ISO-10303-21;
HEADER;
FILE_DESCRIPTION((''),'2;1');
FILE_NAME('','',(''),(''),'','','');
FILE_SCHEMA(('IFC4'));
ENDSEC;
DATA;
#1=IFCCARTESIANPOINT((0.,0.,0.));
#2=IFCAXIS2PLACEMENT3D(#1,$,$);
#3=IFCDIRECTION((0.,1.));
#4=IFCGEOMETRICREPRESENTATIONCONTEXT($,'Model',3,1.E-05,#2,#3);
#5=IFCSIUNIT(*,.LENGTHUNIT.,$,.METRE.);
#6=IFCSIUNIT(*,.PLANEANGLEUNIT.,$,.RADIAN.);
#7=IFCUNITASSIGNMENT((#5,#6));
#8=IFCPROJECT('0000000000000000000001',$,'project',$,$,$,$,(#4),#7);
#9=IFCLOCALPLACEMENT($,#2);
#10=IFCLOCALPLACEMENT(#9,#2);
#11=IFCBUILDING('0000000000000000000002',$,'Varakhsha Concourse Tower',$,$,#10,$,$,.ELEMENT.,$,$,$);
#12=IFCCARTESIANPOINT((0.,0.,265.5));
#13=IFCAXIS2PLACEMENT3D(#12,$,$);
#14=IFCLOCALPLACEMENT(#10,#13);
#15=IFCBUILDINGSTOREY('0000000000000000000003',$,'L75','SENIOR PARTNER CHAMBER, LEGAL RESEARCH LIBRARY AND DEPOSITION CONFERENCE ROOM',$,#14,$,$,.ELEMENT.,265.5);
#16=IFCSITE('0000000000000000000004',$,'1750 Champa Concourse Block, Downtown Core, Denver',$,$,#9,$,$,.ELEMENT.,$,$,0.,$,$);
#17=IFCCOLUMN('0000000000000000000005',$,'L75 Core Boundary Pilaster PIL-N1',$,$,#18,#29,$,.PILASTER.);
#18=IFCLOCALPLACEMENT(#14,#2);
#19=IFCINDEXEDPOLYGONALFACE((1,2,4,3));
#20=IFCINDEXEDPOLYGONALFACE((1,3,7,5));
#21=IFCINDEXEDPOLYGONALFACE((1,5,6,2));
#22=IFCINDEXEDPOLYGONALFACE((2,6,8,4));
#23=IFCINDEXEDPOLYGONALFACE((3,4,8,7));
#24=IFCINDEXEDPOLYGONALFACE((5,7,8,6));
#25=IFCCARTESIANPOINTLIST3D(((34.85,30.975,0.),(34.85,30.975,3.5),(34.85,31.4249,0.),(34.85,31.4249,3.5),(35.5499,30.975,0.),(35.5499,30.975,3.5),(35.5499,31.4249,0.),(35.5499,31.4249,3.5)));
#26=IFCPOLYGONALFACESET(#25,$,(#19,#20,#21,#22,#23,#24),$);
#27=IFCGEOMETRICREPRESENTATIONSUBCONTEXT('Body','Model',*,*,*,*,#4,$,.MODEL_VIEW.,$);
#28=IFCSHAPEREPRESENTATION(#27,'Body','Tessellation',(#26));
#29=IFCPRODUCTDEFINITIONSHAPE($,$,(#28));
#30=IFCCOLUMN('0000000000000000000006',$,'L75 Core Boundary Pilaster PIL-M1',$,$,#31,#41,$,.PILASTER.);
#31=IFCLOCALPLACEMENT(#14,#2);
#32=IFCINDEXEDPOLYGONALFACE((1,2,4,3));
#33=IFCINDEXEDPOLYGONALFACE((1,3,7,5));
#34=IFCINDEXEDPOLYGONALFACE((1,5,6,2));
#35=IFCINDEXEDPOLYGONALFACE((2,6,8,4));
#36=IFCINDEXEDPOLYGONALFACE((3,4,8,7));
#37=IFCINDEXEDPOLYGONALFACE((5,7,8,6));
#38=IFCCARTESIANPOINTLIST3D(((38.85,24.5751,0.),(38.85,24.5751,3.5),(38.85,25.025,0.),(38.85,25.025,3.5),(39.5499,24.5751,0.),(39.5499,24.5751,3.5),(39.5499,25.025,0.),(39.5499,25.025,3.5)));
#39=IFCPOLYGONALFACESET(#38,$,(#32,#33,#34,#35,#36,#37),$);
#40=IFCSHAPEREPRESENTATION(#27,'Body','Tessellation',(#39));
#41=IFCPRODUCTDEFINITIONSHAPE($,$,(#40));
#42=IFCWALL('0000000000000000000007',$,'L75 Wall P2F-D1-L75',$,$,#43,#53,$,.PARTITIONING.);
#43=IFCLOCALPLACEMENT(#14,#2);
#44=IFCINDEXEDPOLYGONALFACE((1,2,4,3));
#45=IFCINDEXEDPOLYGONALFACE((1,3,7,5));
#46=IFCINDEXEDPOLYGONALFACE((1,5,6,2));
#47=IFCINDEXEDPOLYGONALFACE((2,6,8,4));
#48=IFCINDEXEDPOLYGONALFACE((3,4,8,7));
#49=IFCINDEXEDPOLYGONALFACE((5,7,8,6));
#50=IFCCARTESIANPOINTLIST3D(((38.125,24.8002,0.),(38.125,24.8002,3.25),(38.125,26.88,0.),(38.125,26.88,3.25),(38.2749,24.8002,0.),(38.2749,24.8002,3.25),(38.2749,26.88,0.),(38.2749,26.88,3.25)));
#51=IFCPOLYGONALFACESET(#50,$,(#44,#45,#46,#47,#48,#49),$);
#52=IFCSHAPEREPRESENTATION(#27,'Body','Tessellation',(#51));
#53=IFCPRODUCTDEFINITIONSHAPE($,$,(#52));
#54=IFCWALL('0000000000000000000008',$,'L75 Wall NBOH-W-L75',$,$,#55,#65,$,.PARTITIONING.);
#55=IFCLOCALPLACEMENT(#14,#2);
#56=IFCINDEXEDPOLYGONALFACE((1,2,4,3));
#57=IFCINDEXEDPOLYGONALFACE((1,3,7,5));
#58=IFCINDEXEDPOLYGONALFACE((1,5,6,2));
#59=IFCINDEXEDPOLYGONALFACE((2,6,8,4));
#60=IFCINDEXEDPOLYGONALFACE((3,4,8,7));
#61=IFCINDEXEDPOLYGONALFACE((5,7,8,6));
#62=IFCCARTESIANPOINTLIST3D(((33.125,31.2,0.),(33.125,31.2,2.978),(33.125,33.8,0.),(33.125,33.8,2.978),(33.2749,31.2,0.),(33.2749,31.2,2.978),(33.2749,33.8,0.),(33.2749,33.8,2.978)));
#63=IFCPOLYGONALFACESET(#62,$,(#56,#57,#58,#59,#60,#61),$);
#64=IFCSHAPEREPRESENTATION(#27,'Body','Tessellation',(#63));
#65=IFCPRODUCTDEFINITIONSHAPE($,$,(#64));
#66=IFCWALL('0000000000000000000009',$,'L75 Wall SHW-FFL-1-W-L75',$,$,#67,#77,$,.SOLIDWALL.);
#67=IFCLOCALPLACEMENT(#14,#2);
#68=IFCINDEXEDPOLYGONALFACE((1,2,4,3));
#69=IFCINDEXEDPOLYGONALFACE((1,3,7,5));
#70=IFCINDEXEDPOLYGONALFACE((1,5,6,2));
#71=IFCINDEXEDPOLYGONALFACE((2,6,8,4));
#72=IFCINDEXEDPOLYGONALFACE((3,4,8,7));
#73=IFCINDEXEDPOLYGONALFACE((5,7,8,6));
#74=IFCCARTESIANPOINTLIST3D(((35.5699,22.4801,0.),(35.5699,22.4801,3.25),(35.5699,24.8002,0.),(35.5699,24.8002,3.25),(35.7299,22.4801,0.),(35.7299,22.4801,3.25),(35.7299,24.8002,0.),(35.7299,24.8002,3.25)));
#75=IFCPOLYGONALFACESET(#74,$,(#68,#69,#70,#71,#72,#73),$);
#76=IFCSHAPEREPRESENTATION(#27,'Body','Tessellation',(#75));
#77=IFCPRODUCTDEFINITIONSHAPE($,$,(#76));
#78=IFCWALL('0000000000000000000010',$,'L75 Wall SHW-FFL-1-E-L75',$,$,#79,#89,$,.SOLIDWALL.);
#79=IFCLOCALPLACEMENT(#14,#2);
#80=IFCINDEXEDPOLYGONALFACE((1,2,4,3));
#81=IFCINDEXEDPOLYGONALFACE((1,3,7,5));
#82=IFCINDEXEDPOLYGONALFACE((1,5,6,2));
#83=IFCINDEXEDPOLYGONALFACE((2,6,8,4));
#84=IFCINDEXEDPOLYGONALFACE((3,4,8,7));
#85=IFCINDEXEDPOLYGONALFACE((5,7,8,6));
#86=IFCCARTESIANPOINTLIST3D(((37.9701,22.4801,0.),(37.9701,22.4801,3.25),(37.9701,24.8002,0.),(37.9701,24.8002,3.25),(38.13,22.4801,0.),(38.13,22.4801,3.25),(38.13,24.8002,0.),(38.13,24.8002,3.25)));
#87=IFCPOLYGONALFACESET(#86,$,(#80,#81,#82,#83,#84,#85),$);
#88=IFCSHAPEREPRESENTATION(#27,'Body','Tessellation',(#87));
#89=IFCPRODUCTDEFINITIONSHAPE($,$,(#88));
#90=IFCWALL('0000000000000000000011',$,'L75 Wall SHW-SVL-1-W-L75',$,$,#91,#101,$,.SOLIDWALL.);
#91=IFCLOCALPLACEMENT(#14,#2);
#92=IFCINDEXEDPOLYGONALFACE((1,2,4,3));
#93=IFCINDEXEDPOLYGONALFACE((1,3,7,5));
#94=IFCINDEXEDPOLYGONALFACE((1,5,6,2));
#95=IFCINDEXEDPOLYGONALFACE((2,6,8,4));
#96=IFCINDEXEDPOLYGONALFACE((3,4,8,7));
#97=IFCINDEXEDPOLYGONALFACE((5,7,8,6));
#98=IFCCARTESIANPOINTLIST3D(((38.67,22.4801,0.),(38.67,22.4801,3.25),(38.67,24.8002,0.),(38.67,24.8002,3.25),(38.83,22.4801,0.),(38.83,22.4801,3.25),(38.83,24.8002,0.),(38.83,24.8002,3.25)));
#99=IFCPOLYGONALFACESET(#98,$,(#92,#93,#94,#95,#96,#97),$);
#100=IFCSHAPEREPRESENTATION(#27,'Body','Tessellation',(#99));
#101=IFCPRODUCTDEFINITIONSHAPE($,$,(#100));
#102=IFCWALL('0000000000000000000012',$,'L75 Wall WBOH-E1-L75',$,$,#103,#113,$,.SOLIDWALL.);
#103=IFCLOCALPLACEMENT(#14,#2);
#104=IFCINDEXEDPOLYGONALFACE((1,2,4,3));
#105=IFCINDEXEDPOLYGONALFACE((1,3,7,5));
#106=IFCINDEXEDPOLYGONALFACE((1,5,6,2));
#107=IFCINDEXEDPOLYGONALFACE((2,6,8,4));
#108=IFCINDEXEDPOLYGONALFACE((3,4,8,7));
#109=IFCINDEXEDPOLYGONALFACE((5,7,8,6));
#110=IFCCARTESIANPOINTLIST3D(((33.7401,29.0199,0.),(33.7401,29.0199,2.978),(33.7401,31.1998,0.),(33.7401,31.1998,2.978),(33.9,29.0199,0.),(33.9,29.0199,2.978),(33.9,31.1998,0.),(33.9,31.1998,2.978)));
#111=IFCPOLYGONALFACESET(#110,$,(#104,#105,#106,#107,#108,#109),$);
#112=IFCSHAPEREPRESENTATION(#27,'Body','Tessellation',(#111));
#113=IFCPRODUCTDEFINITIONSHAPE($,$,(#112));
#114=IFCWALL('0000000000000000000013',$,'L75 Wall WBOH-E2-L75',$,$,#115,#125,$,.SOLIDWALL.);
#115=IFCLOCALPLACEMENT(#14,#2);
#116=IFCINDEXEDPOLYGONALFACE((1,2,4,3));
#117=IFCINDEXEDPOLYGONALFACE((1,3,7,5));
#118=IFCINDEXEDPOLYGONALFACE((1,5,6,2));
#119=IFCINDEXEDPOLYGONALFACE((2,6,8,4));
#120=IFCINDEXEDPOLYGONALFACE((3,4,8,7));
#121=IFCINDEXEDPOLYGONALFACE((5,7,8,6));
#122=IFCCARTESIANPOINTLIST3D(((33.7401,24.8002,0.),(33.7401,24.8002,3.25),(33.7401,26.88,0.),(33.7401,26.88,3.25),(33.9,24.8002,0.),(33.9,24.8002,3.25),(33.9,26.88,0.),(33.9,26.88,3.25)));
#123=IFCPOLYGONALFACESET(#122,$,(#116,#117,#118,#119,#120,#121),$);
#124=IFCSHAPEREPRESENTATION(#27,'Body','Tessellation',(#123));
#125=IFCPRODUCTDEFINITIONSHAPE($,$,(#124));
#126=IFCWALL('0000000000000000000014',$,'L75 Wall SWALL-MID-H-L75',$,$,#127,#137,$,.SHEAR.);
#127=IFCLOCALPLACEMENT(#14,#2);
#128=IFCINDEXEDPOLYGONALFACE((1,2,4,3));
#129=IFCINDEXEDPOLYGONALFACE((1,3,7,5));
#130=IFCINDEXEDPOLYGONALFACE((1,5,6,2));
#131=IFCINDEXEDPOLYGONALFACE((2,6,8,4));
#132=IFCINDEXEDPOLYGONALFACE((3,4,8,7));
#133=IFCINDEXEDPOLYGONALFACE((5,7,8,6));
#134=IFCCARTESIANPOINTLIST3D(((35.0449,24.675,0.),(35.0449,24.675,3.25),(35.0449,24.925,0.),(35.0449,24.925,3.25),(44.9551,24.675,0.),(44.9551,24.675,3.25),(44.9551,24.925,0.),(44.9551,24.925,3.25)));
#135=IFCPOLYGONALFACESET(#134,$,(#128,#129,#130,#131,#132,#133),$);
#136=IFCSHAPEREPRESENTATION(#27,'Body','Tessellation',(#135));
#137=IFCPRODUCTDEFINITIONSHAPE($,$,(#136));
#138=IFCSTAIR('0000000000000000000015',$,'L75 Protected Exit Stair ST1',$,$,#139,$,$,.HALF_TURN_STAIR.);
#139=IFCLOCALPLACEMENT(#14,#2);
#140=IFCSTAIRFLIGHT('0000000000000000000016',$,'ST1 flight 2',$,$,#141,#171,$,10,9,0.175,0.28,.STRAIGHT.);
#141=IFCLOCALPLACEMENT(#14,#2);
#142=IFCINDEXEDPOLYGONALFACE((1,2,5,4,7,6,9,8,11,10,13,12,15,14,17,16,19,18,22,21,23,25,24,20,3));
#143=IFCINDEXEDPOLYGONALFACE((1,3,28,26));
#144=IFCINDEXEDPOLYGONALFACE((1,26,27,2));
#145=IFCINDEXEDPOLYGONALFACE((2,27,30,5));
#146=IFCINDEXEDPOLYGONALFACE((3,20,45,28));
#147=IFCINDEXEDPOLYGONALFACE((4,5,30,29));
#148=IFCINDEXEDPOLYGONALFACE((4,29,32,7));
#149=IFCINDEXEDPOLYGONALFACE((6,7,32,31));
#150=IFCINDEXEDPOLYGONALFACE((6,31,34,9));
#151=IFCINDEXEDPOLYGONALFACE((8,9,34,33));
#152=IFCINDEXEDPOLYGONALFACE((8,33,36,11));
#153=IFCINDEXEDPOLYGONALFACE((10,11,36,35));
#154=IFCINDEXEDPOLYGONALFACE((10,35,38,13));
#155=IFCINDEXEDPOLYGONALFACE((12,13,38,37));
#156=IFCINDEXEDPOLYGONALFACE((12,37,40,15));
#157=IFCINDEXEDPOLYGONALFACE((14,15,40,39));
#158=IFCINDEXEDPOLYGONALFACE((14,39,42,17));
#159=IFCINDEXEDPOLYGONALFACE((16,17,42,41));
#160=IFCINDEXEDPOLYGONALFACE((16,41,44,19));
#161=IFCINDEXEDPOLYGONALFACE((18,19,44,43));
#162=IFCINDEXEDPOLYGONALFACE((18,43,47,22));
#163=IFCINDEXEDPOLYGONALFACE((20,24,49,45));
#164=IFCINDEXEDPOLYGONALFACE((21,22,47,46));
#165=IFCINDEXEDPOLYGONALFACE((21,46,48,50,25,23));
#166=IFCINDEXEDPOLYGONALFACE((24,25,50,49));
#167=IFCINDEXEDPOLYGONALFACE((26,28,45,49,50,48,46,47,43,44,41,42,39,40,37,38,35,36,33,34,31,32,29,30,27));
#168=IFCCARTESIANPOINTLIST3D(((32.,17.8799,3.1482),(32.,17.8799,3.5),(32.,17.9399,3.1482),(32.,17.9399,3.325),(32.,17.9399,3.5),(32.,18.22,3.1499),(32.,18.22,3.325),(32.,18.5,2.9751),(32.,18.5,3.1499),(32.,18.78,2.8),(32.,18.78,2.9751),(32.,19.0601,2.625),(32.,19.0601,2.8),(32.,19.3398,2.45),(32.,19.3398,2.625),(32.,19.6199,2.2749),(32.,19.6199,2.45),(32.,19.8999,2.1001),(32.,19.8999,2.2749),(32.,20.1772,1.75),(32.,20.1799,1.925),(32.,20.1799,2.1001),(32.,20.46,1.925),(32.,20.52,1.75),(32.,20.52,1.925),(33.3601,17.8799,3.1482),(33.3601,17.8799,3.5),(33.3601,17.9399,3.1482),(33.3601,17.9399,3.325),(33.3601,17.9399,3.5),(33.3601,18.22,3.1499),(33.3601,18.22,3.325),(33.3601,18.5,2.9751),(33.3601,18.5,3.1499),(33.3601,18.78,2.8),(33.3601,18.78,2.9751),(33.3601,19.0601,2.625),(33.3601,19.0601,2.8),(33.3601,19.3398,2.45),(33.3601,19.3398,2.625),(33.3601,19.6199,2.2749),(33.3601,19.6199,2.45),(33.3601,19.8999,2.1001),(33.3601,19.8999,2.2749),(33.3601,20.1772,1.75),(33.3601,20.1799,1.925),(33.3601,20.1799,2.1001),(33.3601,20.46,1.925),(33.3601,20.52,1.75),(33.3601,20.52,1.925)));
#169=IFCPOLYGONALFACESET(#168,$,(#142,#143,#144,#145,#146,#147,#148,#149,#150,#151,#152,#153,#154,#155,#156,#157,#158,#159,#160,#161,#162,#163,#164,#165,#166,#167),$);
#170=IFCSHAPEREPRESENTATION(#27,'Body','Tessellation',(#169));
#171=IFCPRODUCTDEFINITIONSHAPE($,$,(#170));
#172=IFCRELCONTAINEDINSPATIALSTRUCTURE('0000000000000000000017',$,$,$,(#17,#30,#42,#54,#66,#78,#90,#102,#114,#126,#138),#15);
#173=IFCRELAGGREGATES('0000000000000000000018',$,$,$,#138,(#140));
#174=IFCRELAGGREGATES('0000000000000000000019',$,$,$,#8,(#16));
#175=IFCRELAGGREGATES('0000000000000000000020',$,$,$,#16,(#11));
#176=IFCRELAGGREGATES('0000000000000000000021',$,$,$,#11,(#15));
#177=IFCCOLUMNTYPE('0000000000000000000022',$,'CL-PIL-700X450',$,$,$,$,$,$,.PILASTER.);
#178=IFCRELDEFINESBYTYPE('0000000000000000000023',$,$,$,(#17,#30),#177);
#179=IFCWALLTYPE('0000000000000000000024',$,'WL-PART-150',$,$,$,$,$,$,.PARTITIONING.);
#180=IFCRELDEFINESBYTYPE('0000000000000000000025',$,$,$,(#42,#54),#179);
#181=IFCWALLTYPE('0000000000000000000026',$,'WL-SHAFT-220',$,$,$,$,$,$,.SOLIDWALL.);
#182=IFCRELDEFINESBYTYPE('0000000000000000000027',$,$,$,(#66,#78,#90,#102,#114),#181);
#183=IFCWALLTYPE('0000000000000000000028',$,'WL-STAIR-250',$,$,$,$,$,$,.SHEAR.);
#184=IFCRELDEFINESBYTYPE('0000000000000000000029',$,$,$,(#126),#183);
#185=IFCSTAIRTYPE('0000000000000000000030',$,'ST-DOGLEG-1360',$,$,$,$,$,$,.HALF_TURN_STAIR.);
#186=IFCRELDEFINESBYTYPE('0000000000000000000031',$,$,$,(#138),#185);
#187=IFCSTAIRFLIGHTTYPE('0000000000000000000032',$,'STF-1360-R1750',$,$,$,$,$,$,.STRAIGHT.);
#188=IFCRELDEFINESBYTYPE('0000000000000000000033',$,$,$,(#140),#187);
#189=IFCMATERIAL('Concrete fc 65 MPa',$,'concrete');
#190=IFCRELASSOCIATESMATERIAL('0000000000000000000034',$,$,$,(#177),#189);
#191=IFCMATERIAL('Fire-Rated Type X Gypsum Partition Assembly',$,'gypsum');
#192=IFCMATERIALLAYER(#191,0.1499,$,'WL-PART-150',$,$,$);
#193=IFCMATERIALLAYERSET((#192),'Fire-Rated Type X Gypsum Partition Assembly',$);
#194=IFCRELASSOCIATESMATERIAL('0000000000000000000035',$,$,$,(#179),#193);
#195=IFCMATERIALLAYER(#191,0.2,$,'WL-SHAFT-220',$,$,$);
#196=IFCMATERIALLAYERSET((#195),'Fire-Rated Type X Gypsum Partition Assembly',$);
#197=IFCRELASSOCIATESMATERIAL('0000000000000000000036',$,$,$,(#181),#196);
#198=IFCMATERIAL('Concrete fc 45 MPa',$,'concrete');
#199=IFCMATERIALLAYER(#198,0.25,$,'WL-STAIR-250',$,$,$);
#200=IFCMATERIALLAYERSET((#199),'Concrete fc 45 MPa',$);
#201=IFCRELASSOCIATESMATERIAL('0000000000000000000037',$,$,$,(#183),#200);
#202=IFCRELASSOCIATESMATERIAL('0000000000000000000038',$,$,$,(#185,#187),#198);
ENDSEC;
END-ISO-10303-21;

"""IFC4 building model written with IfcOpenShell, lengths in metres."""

from ifc_helpers import new_model, si_unit, direction, frame, frame_2d, origin, origin_2d, place, context, subcontext, project, spatial, polyline, rectangle, outline, extrude, material, layer, layer_set, material_profile, profile_set, type_object, element, aggregate, save


model = new_model("IFC4")

# Units and contexts
model_context = context("Model", 3, precision=1e-05, world=origin(), true_north=direction((0.0, 1.0)))
body_context = subcontext(model_context, "Body", "Model", "MODEL_VIEW")
ifc_project = project(units=[si_unit("LENGTHUNIT", "METRE"), si_unit("PLANEANGLEUNIT", "RADIAN")], contexts=[model_context])

# Site, building, storey
site_placement = place(None, origin())
site = spatial("IfcSite", under=ifc_project, at=site_placement, Name="1750 Champa Concourse Block, Downtown Core, Denver", CompositionType="ELEMENT", RefElevation=0.0)
building_placement = place(site_placement, origin())
building = spatial("IfcBuilding", under=site, at=building_placement, Name="Varakhsha Concourse Tower", CompositionType="ELEMENT")
storey_placement = place(building_placement, frame((0.0, 0.0, 265.5)))
storey = spatial("IfcBuildingStorey", under=building, at=storey_placement, Name="L75", Description="SENIOR PARTNER CHAMBER, LEGAL RESEARCH LIBRARY AND DEPOSITION CONFERENCE ROOM", CompositionType="ELEMENT", Elevation=265.5)

# Columns
ifc_material_1 = material(Name="Concrete fc 65 MPa", Category="concrete")
ifc_material_profile = material_profile(ifc_material_1, rectangle(XDim=0.7, YDim=0.45, at=origin_2d()), Name="RC 700x450")
ifc_profile_set = profile_set([ifc_material_profile], Name="Concrete fc 65 MPa")
column_type = type_object("IfcColumnType", Name="CL-PIL-700X450", PredefinedType="PILASTER", material=ifc_profile_set)
for number, where, z_axis, x_axis, name in (
    (1, (35.2, 31.2, 0.0), (0.0, 0.0, 1.0), (1.0, 0.0, 0.0), "L75 Core Boundary Pilaster PIL-N1"),
    (2, (39.2, 24.8, 0.0), (0.0, 0.0, 1.0), (1.0, 0.0, 0.0), "L75 Core Boundary Pilaster PIL-M1"),
):
    element("IfcColumn", number, at=place(storey_placement, frame(where, z_axis=z_axis, x_axis=x_axis)), inside=storey, type_object=column_type, Name=name, PredefinedType="PILASTER", context=body_context, shape_type="SweptSolid", body=[
        extrude(rectangle(XDim=0.7, YDim=0.45, at=origin_2d()), origin(), (0.0, 0.0, 1.0), 3.5),
    ])

# Walls
ifc_material_2 = material(Name="Fire-Rated Type X Gypsum Partition Assembly", Category="gypsum")
ifc_layer_1 = layer(ifc_material_2, 0.1499, Name="WL-PART-150")
ifc_layer_set_1 = layer_set([ifc_layer_1], Name="Fire-Rated Type X Gypsum Partition Assembly")
wall_type_1 = type_object("IfcWallType", Name="WL-PART-150", PredefinedType="PARTITIONING", material=ifc_layer_set_1)
wall_1_placement = place(storey_placement, frame((38.2, 24.8, 0.0), z_axis=(0.0, 0.0, 1.0), x_axis=(0.0, 1.0, 0.0)))
element("IfcWall", 3, at=wall_1_placement, inside=storey, type_object=wall_type_1, Name="L75 Wall P2F-D1-L75", PredefinedType="PARTITIONING", context=body_context, shape_type="SweptSolid", body=[
    extrude(rectangle(XDim=2.0798, YDim=0.1499, at=frame_2d((1.04, 0.0))), origin(), (0.0, 0.0, 1.0), 3.25),
])
wall_2_placement = place(storey_placement, frame((33.2, 31.2, 0.0), z_axis=(0.0, 0.0, 1.0), x_axis=(0.0, 1.0, 0.0)))
element("IfcWall", 4, at=wall_2_placement, inside=storey, type_object=wall_type_1, Name="L75 Wall NBOH-W-L75", PredefinedType="PARTITIONING", context=body_context, shape_type="SweptSolid", body=[
    extrude(rectangle(XDim=2.6001, YDim=0.1499, at=frame_2d((1.3, 0.0))), origin(), (0.0, 0.0, 1.0), 2.978),
])

# Shared definitions
ifc_layer_2 = layer(ifc_material_2, 0.2, Name="WL-SHAFT-220")
ifc_layer_set_2 = layer_set([ifc_layer_2], Name="Fire-Rated Type X Gypsum Partition Assembly")
wall_type_2 = type_object("IfcWallType", Name="WL-SHAFT-220", PredefinedType="SOLIDWALL", material=ifc_layer_set_2)

# Walls
for number, where, z_axis, x_axis, name in (
    (5, (35.6499, 22.48, 0.0), (0.0, 0.0, 1.0), (0.0, 1.0, 0.0), "L75 Wall SHW-FFL-1-W-L75"),
    (6, (38.05, 22.48, 0.0), (0.0, 0.0, 1.0), (0.0, 1.0, 0.0), "L75 Wall SHW-FFL-1-E-L75"),
    (7, (38.75, 22.48, 0.0), (0.0, 0.0, 1.0), (0.0, 1.0, 0.0), "L75 Wall SHW-SVL-1-W-L75"),
):
    element("IfcWall", number, at=place(storey_placement, frame(where, z_axis=z_axis, x_axis=x_axis)), inside=storey, type_object=wall_type_2, Name=name, PredefinedType="SOLIDWALL", context=body_context, shape_type="SweptSolid", body=[
        extrude(rectangle(XDim=2.3201, YDim=0.1599, at=frame_2d((1.1602, 0.0))), origin(), (0.0, 0.0, 1.0), 3.25),
    ])

# Walls
wall_3_placement = place(storey_placement, frame((33.8201, 29.02, 0.0), z_axis=(0.0, 0.0, 1.0), x_axis=(0.0, 1.0, 0.0)))
element("IfcWall", 8, at=wall_3_placement, inside=storey, type_object=wall_type_2, Name="L75 Wall WBOH-E1-L75", PredefinedType="SOLIDWALL", context=body_context, shape_type="SweptSolid", body=[
    extrude(rectangle(XDim=2.1799, YDim=0.1599, at=frame_2d((1.0898, 0.0))), origin(), (0.0, 0.0, 1.0), 2.978),
])
wall_4_placement = place(storey_placement, frame((33.8201, 24.8, 0.0), z_axis=(0.0, 0.0, 1.0), x_axis=(0.0, 1.0, 0.0)))
element("IfcWall", 9, at=wall_4_placement, inside=storey, type_object=wall_type_2, Name="L75 Wall WBOH-E2-L75", PredefinedType="SOLIDWALL", context=body_context, shape_type="SweptSolid", body=[
    extrude(rectangle(XDim=2.0798, YDim=0.1599, at=frame_2d((1.04, 0.0))), origin(), (0.0, 0.0, 1.0), 3.25),
])
ifc_material_3 = material(Name="Concrete fc 45 MPa", Category="concrete")
ifc_layer_3 = layer(ifc_material_3, 0.25, Name="WL-STAIR-250")
ifc_layer_set_3 = layer_set([ifc_layer_3], Name="Concrete fc 45 MPa")
wall_type_3 = type_object("IfcWallType", Name="WL-STAIR-250", PredefinedType="SHEAR", material=ifc_layer_set_3)
wall_5_placement = place(storey_placement, frame((35.0449, 24.8, 0.0), z_axis=(0.0, 0.0, 1.0), x_axis=(1.0, 0.0, 0.0)))
element("IfcWall", 10, at=wall_5_placement, inside=storey, type_object=wall_type_3, Name="L75 Wall SWALL-MID-H-L75", PredefinedType="SHEAR", context=body_context, shape_type="SweptSolid", body=[
    extrude(rectangle(XDim=9.9102, YDim=0.25, at=frame_2d((4.9551, 0.0))), origin(), (0.0, 0.0, 1.0), 3.25),
])

# Stair, stair flight
stair_type = type_object("IfcStairType", Name="ST-DOGLEG-1360", PredefinedType="HALF_TURN_STAIR", material=ifc_material_3)
stair_placement = place(storey_placement, origin())
stair = element("IfcStair", 11, at=stair_placement, inside=storey, type_object=stair_type, Name="L75 Protected Exit Stair ST1", PredefinedType="HALF_TURN_STAIR")
stair_flight_type = type_object("IfcStairFlightType", Name="STF-1360-R1750", PredefinedType="STRAIGHT", material=ifc_material_3)
stair_flight_placement = place(storey_placement, frame((32.6799, 20.46, 1.75), z_axis=(0.0, 0.0, 1.0), x_axis=(0.0, -1.0, 0.0)))
stair_flight = element("IfcStairFlight", 12, at=stair_flight_placement, type_object=stair_flight_type, Name="ST1 flight 2", NumberOfRisers=10, NumberOfTreads=9, PredefinedType="STRAIGHT", RiserHeight=0.175, TreadLength=0.28, context=body_context, shape_type="SweptSolid", body=[
    extrude(outline(polyline([(-0.0601, 0.0), (-0.0601, 0.175), (0.0, 0.175), (0.28, 0.175), (0.28, 0.3501), (0.5601, 0.3501), (0.5601, 0.5249), (0.8401, 0.5249), (0.8401, 0.7), (1.1201, 0.7), (1.1201, 0.875), (1.3999, 0.875), (1.3999, 1.05), (1.6799, 1.05), (1.6799, 1.2251), (1.96, 1.2251), (1.96, 1.3999), (2.24, 1.3999), (2.24, 1.575), (2.52, 1.575), (2.52, 1.75), (2.5801, 1.75), (2.5801, 1.3982), (2.52, 1.3982), (0.2827, 0.0), (-0.0601, 0.0)])), frame((0.0, 0.6802, 0.0), z_axis=(0.0, -1.0, 0.0), x_axis=(1.0, 0.0, 0.0)), (0.0, 0.0, 1.0), 1.3601),
])
aggregate(stair, [stair_flight])

save(model, "model.ifc")
